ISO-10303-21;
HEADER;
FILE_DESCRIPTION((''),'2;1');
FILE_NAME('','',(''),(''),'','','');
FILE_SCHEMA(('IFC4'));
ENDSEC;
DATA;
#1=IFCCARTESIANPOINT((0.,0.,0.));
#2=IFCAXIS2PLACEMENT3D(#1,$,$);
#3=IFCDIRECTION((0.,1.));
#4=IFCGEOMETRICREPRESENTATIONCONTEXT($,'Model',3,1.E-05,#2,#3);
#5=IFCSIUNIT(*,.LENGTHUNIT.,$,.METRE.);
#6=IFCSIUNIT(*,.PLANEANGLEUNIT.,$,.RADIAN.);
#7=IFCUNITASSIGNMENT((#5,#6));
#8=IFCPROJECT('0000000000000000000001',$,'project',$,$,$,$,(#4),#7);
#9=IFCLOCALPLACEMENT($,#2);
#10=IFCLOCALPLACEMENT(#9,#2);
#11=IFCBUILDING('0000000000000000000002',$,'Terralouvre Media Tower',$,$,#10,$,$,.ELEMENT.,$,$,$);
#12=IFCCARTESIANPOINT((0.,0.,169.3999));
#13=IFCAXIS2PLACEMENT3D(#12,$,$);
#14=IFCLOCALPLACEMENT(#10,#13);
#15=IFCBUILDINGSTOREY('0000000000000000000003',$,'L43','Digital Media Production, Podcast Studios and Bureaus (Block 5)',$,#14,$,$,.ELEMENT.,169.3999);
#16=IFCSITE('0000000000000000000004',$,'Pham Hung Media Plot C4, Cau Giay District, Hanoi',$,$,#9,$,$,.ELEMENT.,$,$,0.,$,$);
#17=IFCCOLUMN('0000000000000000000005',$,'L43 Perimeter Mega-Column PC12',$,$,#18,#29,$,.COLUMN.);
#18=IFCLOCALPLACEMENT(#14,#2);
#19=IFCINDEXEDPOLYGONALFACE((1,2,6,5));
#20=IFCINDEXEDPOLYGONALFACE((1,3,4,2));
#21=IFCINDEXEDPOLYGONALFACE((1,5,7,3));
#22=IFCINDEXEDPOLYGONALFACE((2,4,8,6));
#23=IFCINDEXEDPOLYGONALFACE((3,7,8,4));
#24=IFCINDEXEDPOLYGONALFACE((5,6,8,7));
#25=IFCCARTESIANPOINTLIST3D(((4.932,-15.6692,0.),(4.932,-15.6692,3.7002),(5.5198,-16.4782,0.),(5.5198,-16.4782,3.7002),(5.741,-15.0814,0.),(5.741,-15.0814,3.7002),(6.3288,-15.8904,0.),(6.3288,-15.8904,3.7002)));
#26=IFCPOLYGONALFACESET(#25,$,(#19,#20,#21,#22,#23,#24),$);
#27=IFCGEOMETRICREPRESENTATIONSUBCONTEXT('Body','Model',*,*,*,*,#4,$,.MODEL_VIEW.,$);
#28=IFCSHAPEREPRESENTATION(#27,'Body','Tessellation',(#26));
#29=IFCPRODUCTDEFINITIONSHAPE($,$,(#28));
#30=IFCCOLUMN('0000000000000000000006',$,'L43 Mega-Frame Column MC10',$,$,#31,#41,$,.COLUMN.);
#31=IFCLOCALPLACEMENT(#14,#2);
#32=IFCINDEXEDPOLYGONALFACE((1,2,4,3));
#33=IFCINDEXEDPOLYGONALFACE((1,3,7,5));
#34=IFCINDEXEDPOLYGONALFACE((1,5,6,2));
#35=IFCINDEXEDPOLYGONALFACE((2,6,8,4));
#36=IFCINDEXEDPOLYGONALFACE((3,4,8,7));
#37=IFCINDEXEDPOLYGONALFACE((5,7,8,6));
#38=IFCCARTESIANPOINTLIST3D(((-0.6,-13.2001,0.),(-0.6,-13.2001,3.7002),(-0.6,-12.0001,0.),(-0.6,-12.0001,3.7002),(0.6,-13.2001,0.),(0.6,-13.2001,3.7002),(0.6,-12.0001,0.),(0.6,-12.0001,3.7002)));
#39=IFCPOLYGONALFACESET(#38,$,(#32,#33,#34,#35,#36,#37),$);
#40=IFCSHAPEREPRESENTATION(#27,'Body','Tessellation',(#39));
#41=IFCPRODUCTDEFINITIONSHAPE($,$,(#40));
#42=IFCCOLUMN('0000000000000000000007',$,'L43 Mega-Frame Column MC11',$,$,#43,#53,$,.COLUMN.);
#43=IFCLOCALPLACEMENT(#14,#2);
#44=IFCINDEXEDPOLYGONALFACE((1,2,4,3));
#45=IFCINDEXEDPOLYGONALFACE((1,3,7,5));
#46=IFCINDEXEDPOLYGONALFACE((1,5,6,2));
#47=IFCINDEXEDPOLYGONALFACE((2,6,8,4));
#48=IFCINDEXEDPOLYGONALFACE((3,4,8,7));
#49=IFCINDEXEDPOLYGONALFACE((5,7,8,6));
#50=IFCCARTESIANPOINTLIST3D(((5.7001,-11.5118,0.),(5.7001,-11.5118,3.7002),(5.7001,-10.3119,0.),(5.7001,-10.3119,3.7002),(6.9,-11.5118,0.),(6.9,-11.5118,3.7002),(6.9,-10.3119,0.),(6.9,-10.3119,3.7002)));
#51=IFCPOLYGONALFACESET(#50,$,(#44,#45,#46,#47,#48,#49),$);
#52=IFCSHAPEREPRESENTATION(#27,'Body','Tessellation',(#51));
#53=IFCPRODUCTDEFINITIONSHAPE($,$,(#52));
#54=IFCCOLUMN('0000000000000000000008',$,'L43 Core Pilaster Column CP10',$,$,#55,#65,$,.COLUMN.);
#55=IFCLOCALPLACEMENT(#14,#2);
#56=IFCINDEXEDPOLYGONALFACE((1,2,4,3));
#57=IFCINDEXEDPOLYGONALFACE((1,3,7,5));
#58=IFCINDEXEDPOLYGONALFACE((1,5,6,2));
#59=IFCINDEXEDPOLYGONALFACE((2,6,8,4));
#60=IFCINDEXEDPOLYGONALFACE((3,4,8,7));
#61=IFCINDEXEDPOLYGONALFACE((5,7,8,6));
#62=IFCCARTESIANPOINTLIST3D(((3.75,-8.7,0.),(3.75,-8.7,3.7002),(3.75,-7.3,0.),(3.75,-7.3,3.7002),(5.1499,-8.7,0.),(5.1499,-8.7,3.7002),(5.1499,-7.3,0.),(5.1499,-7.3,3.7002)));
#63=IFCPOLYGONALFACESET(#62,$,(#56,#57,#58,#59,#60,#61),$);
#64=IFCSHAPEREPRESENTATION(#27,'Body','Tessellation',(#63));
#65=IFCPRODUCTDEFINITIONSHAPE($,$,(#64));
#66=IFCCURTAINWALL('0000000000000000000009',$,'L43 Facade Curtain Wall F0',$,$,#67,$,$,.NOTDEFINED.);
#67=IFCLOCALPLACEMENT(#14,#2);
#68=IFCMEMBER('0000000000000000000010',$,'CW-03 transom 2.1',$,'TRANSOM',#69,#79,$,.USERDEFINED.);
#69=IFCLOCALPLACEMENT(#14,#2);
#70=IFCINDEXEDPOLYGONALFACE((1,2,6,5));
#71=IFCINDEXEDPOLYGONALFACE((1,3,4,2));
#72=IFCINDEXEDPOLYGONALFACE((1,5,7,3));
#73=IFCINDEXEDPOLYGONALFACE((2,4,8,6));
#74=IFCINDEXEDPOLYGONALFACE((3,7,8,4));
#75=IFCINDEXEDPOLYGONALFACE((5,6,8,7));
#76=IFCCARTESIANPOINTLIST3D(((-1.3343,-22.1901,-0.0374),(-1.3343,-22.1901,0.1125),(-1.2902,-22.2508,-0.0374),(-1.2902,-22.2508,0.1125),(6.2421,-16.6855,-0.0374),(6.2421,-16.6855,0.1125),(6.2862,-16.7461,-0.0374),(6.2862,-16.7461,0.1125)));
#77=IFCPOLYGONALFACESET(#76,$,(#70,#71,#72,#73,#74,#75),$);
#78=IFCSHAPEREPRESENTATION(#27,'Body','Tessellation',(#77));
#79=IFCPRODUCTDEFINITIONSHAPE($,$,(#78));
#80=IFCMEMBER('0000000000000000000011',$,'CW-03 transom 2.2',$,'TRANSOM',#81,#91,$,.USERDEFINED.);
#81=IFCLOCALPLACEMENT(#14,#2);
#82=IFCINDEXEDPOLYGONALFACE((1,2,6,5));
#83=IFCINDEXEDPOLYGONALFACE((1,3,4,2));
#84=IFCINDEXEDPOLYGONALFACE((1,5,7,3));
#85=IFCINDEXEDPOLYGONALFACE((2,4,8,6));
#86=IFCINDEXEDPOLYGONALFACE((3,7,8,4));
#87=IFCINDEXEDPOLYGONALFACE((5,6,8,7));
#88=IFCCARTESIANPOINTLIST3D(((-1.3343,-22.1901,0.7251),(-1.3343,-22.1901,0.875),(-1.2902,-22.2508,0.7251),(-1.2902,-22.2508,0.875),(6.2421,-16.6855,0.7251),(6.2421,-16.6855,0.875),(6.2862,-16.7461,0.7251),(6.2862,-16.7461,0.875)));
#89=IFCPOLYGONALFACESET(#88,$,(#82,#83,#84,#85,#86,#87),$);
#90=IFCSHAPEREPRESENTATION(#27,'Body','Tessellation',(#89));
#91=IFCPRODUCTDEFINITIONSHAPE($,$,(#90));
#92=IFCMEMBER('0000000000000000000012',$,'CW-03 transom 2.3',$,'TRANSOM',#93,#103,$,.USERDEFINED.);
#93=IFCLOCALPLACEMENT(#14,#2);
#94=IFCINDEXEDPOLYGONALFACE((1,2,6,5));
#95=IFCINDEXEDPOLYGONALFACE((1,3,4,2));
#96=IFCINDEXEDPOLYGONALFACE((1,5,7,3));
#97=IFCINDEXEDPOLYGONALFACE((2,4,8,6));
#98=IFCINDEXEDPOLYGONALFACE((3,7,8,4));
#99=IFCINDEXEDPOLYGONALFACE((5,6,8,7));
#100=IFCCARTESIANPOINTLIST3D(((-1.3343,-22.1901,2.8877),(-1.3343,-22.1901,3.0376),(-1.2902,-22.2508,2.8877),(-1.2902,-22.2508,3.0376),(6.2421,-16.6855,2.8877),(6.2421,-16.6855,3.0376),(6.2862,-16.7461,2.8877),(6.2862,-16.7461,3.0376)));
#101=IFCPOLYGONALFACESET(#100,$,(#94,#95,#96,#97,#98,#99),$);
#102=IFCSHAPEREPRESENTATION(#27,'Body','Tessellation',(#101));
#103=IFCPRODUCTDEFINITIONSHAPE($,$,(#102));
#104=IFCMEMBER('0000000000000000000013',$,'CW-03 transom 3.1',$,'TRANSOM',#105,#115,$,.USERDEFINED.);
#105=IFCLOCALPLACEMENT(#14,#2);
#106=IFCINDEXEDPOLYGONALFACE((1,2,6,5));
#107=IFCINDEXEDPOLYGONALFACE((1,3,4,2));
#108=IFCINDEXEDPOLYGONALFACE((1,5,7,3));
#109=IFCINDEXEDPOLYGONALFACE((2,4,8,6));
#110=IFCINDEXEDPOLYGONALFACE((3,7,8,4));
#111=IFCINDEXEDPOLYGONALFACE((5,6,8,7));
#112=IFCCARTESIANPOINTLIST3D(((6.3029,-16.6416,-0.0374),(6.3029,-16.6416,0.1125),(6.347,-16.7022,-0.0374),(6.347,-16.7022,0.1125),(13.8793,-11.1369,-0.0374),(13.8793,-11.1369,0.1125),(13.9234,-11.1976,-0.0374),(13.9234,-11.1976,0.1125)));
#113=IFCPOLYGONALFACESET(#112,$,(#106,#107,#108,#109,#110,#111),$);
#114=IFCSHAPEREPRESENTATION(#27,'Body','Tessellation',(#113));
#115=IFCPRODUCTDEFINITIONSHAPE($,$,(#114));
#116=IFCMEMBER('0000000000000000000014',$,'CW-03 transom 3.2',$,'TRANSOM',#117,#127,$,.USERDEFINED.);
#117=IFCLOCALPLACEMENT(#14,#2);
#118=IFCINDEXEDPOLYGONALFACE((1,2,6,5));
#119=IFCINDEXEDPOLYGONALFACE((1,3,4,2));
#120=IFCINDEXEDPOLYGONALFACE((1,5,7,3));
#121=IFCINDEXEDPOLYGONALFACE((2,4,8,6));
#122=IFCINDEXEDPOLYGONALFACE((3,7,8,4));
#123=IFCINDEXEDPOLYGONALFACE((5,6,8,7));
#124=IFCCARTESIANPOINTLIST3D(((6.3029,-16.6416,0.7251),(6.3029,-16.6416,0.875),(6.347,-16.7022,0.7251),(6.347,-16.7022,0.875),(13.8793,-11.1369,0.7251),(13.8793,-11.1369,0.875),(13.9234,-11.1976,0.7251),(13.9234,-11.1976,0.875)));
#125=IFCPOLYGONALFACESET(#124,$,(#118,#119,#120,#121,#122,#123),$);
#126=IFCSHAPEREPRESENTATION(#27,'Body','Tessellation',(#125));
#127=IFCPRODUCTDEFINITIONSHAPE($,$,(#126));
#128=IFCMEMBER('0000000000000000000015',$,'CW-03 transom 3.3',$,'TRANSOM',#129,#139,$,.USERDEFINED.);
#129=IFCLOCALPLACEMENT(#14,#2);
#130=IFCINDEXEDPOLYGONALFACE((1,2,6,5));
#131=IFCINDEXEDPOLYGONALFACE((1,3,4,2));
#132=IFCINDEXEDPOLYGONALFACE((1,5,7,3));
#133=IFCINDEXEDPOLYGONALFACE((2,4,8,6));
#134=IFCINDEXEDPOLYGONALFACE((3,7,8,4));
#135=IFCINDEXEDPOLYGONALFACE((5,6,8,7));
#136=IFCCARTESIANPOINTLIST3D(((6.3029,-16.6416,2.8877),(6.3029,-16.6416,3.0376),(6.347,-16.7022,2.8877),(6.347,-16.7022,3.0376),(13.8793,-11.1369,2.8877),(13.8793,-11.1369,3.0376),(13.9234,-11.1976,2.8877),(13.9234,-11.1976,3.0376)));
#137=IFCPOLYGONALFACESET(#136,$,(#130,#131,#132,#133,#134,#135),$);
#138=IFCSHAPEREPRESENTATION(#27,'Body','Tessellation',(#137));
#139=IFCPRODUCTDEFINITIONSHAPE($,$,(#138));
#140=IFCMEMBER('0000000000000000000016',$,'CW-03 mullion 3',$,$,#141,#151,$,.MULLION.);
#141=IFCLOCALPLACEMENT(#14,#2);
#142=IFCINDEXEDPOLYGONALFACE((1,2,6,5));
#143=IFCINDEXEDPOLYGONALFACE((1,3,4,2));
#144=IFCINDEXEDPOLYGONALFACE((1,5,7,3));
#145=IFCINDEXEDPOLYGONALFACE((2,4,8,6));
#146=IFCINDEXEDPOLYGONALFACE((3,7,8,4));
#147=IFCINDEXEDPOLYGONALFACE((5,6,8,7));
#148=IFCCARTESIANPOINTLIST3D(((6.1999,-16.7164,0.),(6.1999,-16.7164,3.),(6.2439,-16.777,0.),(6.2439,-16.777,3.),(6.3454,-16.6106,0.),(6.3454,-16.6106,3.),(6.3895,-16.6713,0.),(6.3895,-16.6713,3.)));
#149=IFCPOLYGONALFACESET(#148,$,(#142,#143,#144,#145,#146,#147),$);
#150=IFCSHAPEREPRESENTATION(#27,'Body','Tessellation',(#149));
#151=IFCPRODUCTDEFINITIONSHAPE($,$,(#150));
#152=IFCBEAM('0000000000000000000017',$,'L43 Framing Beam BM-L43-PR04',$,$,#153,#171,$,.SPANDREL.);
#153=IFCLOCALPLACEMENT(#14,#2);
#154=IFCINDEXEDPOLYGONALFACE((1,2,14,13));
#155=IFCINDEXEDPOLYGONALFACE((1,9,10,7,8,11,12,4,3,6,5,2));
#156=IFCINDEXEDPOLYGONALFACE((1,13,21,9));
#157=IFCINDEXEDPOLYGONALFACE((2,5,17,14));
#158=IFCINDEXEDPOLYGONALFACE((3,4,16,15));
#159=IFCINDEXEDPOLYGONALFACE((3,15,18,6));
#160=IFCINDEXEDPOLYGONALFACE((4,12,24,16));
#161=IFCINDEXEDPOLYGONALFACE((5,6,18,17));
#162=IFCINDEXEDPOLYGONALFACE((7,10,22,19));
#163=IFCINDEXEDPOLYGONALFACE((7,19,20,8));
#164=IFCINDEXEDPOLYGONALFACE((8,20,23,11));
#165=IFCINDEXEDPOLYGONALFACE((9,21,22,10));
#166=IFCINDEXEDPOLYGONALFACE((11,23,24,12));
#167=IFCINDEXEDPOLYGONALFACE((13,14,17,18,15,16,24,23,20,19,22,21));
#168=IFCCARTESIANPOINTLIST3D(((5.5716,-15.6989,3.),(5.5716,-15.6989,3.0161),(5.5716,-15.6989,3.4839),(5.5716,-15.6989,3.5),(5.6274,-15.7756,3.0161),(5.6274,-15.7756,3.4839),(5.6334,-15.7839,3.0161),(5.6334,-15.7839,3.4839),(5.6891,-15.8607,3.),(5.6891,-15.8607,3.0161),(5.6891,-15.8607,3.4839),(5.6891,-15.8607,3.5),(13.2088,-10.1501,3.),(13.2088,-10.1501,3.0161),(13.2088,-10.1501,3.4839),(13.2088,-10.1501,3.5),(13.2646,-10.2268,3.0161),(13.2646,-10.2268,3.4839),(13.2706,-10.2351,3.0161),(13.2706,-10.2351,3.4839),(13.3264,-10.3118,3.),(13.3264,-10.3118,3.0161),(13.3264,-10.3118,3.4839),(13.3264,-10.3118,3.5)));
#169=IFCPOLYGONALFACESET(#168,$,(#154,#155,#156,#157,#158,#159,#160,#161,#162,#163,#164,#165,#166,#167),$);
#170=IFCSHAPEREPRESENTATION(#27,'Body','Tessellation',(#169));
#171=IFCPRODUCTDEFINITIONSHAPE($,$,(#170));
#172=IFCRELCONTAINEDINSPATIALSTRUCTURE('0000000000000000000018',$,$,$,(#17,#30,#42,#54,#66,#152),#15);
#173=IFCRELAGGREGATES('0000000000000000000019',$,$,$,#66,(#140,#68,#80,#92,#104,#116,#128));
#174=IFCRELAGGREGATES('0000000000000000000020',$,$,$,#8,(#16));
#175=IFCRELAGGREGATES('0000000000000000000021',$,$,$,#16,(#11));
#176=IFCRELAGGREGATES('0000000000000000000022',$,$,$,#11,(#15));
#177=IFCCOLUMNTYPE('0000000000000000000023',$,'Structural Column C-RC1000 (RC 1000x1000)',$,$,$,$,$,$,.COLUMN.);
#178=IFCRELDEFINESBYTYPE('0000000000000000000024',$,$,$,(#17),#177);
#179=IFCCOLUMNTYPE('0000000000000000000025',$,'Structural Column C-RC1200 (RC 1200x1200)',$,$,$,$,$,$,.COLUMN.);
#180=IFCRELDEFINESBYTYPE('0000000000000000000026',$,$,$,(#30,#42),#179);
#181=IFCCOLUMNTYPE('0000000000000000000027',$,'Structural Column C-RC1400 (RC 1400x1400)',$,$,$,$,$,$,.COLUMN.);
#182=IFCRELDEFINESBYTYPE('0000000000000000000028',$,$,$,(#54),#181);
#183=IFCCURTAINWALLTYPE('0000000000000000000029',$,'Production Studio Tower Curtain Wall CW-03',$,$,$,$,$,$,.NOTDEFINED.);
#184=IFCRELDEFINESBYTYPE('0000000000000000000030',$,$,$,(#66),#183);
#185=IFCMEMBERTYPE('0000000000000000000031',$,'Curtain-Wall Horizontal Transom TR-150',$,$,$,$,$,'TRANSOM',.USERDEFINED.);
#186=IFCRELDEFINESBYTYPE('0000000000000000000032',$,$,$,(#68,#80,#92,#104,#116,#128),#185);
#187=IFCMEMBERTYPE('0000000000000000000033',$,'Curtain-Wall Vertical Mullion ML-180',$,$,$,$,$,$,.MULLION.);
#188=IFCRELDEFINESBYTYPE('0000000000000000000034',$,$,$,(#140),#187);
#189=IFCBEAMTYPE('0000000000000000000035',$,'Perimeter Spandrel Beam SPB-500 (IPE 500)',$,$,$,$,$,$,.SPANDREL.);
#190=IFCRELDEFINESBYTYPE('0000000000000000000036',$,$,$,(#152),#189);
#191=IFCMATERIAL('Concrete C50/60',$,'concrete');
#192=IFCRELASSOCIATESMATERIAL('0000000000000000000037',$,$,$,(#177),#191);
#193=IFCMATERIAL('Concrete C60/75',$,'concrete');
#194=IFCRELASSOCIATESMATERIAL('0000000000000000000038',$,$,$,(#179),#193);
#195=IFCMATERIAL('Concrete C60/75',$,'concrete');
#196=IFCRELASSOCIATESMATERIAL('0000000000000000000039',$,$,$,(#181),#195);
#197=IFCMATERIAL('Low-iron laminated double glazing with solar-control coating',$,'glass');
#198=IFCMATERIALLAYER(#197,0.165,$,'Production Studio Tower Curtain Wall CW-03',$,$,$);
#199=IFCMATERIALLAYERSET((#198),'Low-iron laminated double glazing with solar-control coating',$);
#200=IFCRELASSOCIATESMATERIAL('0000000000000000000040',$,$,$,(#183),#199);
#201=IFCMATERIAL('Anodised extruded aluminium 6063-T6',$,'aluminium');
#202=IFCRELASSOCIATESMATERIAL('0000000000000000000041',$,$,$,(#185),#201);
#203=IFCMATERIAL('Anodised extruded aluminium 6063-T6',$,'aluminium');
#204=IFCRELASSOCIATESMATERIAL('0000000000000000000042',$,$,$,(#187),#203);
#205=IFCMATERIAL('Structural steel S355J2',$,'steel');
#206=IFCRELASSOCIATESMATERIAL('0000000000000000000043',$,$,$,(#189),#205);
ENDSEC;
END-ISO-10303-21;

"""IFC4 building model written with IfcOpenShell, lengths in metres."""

from ifc_helpers import new_model, si_unit, direction, frame, origin, origin_2d, place, context, subcontext, project, spatial, rectangle, i_section, extrude, material, layer, layer_set, material_profile, profile_set, type_object, element, aggregate, save


model = new_model("IFC4")

# Units and contexts
model_context = context("Model", 3, precision=1e-05, world=origin(), true_north=direction((0.0, 1.0)))
body_context = subcontext(model_context, "Body", "Model", "MODEL_VIEW")
ifc_project = project(units=[si_unit("LENGTHUNIT", "METRE"), si_unit("PLANEANGLEUNIT", "RADIAN")], contexts=[model_context])

# Site, building, storey
site_placement = place(None, origin())
site = spatial("IfcSite", under=ifc_project, at=site_placement, Name="Pham Hung Media Plot C4, Cau Giay District, Hanoi", CompositionType="ELEMENT", RefElevation=0.0)
building_placement = place(site_placement, origin())
building = spatial("IfcBuilding", under=site, at=building_placement, Name="Terralouvre Media Tower", CompositionType="ELEMENT")
storey_placement = place(building_placement, frame((0.0, 0.0, 169.3999)))
storey = spatial("IfcBuildingStorey", under=building, at=storey_placement, Name="L43", Description="Digital Media Production, Podcast Studios and Bureaus (Block 5)", CompositionType="ELEMENT", Elevation=169.3999)

# Columns
ifc_material_1 = material(Name="Concrete C50/60", Category="concrete")
ifc_material_profile_1 = material_profile(ifc_material_1, rectangle(XDim=1.0, YDim=1.0, at=origin_2d()), Name="RC 1000x1000")
ifc_profile_set_1 = profile_set([ifc_material_profile_1], Name="Concrete C50/60")
column_type_1 = type_object("IfcColumnType", Name="Structural Column C-RC1000 (RC 1000x1000)", PredefinedType="COLUMN", material=ifc_profile_set_1)
column_1_placement = place(storey_placement, frame((5.6304, -15.7798, 0.0), z_axis=(0.0, 0.0, 1.0), x_axis=(0.809017, 0.587785, 0.0)))
element("IfcColumn", 1, at=column_1_placement, inside=storey, type_object=column_type_1, Name="L43 Perimeter Mega-Column PC12", PredefinedType="COLUMN", context=body_context, shape_type="SweptSolid", body=[
    extrude(rectangle(XDim=1.0, YDim=1.0, at=origin_2d()), origin(), (0.0, 0.0, 1.0), 3.7002),
])
ifc_material_2 = material(Name="Concrete C60/75", Category="concrete")
ifc_material_profile_2 = material_profile(ifc_material_2, rectangle(XDim=1.2, YDim=1.2, at=origin_2d()), Name="RC 1200x1200")
ifc_profile_set_2 = profile_set([ifc_material_profile_2], Name="Concrete C60/75")
column_type_2 = type_object("IfcColumnType", Name="Structural Column C-RC1200 (RC 1200x1200)", PredefinedType="COLUMN", material=ifc_profile_set_2)
for number, where, z_axis, x_axis, name in (
    (2, (0.0, -12.6001, 0.0), (0.0, 0.0, 1.0), (1.0, 0.0, 0.0), "L43 Mega-Frame Column MC10"),
    (3, (6.3, -10.9119, 0.0), (0.0, 0.0, 1.0), (1.0, 0.0, 0.0), "L43 Mega-Frame Column MC11"),
):
    element("IfcColumn", number, at=place(storey_placement, frame(where, z_axis=z_axis, x_axis=x_axis)), inside=storey, type_object=column_type_2, Name=name, PredefinedType="COLUMN", context=body_context, shape_type="SweptSolid", body=[
        extrude(rectangle(XDim=1.2, YDim=1.2, at=origin_2d()), origin(), (0.0, 0.0, 1.0), 3.7002),
    ])
ifc_material_3 = material(Name="Concrete C60/75", Category="concrete")
ifc_material_profile_3 = material_profile(ifc_material_3, rectangle(XDim=1.3999, YDim=1.3999, at=origin_2d()), Name="RC 1400x1400")
ifc_profile_set_3 = profile_set([ifc_material_profile_3], Name="Concrete C60/75")
column_type_3 = type_object("IfcColumnType", Name="Structural Column C-RC1400 (RC 1400x1400)", PredefinedType="COLUMN", material=ifc_profile_set_3)
column_2_placement = place(storey_placement, frame((4.45, -8.0, 0.0), z_axis=(0.0, 0.0, 1.0), x_axis=(1.0, 0.0, 0.0)))
element("IfcColumn", 4, at=column_2_placement, inside=storey, type_object=column_type_3, Name="L43 Core Pilaster Column CP10", PredefinedType="COLUMN", context=body_context, shape_type="SweptSolid", body=[
    extrude(rectangle(XDim=1.3999, YDim=1.3999, at=origin_2d()), origin(), (0.0, 0.0, 1.0), 3.7002),
])

# Curtain wall, members
ifc_material_4 = material(Name="Low-iron laminated double glazing with solar-control coating", Category="glass")
ifc_layer_1 = layer(ifc_material_4, 0.165, Name="Production Studio Tower Curtain Wall CW-03")
ifc_layer_set_1 = layer_set([ifc_layer_1], Name="Low-iron laminated double glazing with solar-control coating")
curtain_wall_type = type_object("IfcCurtainWallType", Name="Production Studio Tower Curtain Wall CW-03", PredefinedType="NOTDEFINED", material=ifc_layer_set_1)
curtain_wall_placement = place(storey_placement, origin())
curtain_wall = element("IfcCurtainWall", 5, at=curtain_wall_placement, inside=storey, type_object=curtain_wall_type, Name="L43 Facade Curtain Wall F0", PredefinedType="NOTDEFINED")
ifc_material_5 = material(Name="Anodised extruded aluminium 6063-T6", Category="aluminium")
ifc_material_profile_4 = material_profile(ifc_material_5, rectangle(XDim=0.075, YDim=0.1499, at=origin_2d()), Name="ALU 75x150")
ifc_profile_set_4 = profile_set([ifc_material_profile_4], Name="Anodised extruded aluminium 6063-T6")
member_type_1 = type_object("IfcMemberType", Name="Curtain-Wall Horizontal Transom TR-150", ElementType="TRANSOM", PredefinedType="USERDEFINED", material=ifc_profile_set_4)
member_1_placement = place(storey_placement, frame((-1.3123, -22.2205, 0.0376), z_axis=(0.809014, 0.587789, 0.0), x_axis=(-0.587789, 0.809014, 0.0)))
member_1 = element("IfcMember", 6, at=member_1_placement, type_object=member_type_1, Name="CW-03 transom 2.1", ObjectType="TRANSOM", PredefinedType="USERDEFINED", context=body_context, shape_type="SweptSolid", body=[
    extrude(rectangle(XDim=0.075, YDim=0.1499, at=origin_2d()), origin(), (0.0, 0.0, 1.0), 9.365),
])
member_2_placement = place(storey_placement, frame((-1.3123, -22.2205, 0.8), z_axis=(0.809014, 0.587789, 0.0), x_axis=(-0.587789, 0.809014, 0.0)))
member_2 = element("IfcMember", 7, at=member_2_placement, type_object=member_type_1, Name="CW-03 transom 2.2", ObjectType="TRANSOM", PredefinedType="USERDEFINED", context=body_context, shape_type="SweptSolid", body=[
    extrude(rectangle(XDim=0.075, YDim=0.1499, at=origin_2d()), origin(), (0.0, 0.0, 1.0), 9.365),
])
member_3_placement = place(storey_placement, frame((-1.3123, -22.2205, 2.9626), z_axis=(0.809014, 0.587789, 0.0), x_axis=(-0.587789, 0.809014, 0.0)))
member_3 = element("IfcMember", 8, at=member_3_placement, type_object=member_type_1, Name="CW-03 transom 2.3", ObjectType="TRANSOM", PredefinedType="USERDEFINED", context=body_context, shape_type="SweptSolid", body=[
    extrude(rectangle(XDim=0.075, YDim=0.1499, at=origin_2d()), origin(), (0.0, 0.0, 1.0), 9.365),
])
member_4_placement = place(storey_placement, frame((6.325, -16.6719, 0.0376), z_axis=(0.809014, 0.587789, 0.0), x_axis=(-0.587789, 0.809014, 0.0)))
member_4 = element("IfcMember", 9, at=member_4_placement, type_object=member_type_1, Name="CW-03 transom 3.1", ObjectType="TRANSOM", PredefinedType="USERDEFINED", context=body_context, shape_type="SweptSolid", body=[
    extrude(rectangle(XDim=0.075, YDim=0.1499, at=origin_2d()), origin(), (0.0, 0.0, 1.0), 9.365),
])
member_5_placement = place(storey_placement, frame((6.325, -16.6719, 0.8), z_axis=(0.809014, 0.587789, 0.0), x_axis=(-0.587789, 0.809014, 0.0)))
member_5 = element("IfcMember", 10, at=member_5_placement, type_object=member_type_1, Name="CW-03 transom 3.2", ObjectType="TRANSOM", PredefinedType="USERDEFINED", context=body_context, shape_type="SweptSolid", body=[
    extrude(rectangle(XDim=0.075, YDim=0.1499, at=origin_2d()), origin(), (0.0, 0.0, 1.0), 9.365),
])
member_6_placement = place(storey_placement, frame((6.325, -16.6719, 2.9626), z_axis=(0.809014, 0.587789, 0.0), x_axis=(-0.587789, 0.809014, 0.0)))
member_6 = element("IfcMember", 11, at=member_6_placement, type_object=member_type_1, Name="CW-03 transom 3.3", ObjectType="TRANSOM", PredefinedType="USERDEFINED", context=body_context, shape_type="SweptSolid", body=[
    extrude(rectangle(XDim=0.075, YDim=0.1499, at=origin_2d()), origin(), (0.0, 0.0, 1.0), 9.365),
])
ifc_material_6 = material(Name="Anodised extruded aluminium 6063-T6", Category="aluminium")
ifc_material_profile_5 = material_profile(ifc_material_6, rectangle(XDim=0.075, YDim=0.1799, at=origin_2d()), Name="ALU 75x180")
ifc_profile_set_5 = profile_set([ifc_material_profile_5], Name="Anodised extruded aluminium 6063-T6")
member_type_2 = type_object("IfcMemberType", Name="Curtain-Wall Vertical Mullion ML-180", PredefinedType="MULLION", material=ifc_profile_set_5)
member_7_placement = place(storey_placement, frame((6.2947, -16.6938, 0.0), z_axis=(0.0, 0.0, 1.0), x_axis=(-0.587785, 0.809017, 0.0)))
member_7 = element("IfcMember", 12, at=member_7_placement, type_object=member_type_2, Name="CW-03 mullion 3", PredefinedType="MULLION", context=body_context, shape_type="SweptSolid", body=[
    extrude(rectangle(XDim=0.075, YDim=0.1799, at=origin_2d()), origin(), (0.0, 0.0, 1.0), 3.0),
])

# Beam
ifc_material_7 = material(Name="Structural steel S355J2", Category="steel")
ifc_material_profile_6 = material_profile(ifc_material_7, i_section(OverallWidth=0.2, OverallDepth=0.5, WebThickness=0.0103, FlangeThickness=0.0161, at=origin_2d()), Name="IPE 500")
ifc_profile_set_6 = profile_set([ifc_material_profile_6], Name="Structural steel S355J2")
beam_type_1 = type_object("IfcBeamType", Name="Perimeter Spandrel Beam SPB-500 (IPE 500)", PredefinedType="SPANDREL", material=ifc_profile_set_6)
beam_1_placement = place(storey_placement, frame((5.6304, -15.7798, 3.25), z_axis=(0.809013, 0.58779, 0.0), x_axis=(-0.58779, 0.809013, 0.0)))
element("IfcBeam", 13, at=beam_1_placement, inside=storey, type_object=beam_type_1, Name="L43 Framing Beam BM-L43-PR04", PredefinedType="SPANDREL", context=body_context, shape_type="SweptSolid", body=[
    extrude(i_section(OverallWidth=0.2, OverallDepth=0.5, WebThickness=0.0103, FlangeThickness=0.0161, at=origin_2d()), origin(), (0.0, 0.0, 1.0), 9.4402),
])

aggregate(curtain_wall, [member_7, member_1, member_2, member_3, member_4, member_5, member_6])

save(model, "model.ifc")
